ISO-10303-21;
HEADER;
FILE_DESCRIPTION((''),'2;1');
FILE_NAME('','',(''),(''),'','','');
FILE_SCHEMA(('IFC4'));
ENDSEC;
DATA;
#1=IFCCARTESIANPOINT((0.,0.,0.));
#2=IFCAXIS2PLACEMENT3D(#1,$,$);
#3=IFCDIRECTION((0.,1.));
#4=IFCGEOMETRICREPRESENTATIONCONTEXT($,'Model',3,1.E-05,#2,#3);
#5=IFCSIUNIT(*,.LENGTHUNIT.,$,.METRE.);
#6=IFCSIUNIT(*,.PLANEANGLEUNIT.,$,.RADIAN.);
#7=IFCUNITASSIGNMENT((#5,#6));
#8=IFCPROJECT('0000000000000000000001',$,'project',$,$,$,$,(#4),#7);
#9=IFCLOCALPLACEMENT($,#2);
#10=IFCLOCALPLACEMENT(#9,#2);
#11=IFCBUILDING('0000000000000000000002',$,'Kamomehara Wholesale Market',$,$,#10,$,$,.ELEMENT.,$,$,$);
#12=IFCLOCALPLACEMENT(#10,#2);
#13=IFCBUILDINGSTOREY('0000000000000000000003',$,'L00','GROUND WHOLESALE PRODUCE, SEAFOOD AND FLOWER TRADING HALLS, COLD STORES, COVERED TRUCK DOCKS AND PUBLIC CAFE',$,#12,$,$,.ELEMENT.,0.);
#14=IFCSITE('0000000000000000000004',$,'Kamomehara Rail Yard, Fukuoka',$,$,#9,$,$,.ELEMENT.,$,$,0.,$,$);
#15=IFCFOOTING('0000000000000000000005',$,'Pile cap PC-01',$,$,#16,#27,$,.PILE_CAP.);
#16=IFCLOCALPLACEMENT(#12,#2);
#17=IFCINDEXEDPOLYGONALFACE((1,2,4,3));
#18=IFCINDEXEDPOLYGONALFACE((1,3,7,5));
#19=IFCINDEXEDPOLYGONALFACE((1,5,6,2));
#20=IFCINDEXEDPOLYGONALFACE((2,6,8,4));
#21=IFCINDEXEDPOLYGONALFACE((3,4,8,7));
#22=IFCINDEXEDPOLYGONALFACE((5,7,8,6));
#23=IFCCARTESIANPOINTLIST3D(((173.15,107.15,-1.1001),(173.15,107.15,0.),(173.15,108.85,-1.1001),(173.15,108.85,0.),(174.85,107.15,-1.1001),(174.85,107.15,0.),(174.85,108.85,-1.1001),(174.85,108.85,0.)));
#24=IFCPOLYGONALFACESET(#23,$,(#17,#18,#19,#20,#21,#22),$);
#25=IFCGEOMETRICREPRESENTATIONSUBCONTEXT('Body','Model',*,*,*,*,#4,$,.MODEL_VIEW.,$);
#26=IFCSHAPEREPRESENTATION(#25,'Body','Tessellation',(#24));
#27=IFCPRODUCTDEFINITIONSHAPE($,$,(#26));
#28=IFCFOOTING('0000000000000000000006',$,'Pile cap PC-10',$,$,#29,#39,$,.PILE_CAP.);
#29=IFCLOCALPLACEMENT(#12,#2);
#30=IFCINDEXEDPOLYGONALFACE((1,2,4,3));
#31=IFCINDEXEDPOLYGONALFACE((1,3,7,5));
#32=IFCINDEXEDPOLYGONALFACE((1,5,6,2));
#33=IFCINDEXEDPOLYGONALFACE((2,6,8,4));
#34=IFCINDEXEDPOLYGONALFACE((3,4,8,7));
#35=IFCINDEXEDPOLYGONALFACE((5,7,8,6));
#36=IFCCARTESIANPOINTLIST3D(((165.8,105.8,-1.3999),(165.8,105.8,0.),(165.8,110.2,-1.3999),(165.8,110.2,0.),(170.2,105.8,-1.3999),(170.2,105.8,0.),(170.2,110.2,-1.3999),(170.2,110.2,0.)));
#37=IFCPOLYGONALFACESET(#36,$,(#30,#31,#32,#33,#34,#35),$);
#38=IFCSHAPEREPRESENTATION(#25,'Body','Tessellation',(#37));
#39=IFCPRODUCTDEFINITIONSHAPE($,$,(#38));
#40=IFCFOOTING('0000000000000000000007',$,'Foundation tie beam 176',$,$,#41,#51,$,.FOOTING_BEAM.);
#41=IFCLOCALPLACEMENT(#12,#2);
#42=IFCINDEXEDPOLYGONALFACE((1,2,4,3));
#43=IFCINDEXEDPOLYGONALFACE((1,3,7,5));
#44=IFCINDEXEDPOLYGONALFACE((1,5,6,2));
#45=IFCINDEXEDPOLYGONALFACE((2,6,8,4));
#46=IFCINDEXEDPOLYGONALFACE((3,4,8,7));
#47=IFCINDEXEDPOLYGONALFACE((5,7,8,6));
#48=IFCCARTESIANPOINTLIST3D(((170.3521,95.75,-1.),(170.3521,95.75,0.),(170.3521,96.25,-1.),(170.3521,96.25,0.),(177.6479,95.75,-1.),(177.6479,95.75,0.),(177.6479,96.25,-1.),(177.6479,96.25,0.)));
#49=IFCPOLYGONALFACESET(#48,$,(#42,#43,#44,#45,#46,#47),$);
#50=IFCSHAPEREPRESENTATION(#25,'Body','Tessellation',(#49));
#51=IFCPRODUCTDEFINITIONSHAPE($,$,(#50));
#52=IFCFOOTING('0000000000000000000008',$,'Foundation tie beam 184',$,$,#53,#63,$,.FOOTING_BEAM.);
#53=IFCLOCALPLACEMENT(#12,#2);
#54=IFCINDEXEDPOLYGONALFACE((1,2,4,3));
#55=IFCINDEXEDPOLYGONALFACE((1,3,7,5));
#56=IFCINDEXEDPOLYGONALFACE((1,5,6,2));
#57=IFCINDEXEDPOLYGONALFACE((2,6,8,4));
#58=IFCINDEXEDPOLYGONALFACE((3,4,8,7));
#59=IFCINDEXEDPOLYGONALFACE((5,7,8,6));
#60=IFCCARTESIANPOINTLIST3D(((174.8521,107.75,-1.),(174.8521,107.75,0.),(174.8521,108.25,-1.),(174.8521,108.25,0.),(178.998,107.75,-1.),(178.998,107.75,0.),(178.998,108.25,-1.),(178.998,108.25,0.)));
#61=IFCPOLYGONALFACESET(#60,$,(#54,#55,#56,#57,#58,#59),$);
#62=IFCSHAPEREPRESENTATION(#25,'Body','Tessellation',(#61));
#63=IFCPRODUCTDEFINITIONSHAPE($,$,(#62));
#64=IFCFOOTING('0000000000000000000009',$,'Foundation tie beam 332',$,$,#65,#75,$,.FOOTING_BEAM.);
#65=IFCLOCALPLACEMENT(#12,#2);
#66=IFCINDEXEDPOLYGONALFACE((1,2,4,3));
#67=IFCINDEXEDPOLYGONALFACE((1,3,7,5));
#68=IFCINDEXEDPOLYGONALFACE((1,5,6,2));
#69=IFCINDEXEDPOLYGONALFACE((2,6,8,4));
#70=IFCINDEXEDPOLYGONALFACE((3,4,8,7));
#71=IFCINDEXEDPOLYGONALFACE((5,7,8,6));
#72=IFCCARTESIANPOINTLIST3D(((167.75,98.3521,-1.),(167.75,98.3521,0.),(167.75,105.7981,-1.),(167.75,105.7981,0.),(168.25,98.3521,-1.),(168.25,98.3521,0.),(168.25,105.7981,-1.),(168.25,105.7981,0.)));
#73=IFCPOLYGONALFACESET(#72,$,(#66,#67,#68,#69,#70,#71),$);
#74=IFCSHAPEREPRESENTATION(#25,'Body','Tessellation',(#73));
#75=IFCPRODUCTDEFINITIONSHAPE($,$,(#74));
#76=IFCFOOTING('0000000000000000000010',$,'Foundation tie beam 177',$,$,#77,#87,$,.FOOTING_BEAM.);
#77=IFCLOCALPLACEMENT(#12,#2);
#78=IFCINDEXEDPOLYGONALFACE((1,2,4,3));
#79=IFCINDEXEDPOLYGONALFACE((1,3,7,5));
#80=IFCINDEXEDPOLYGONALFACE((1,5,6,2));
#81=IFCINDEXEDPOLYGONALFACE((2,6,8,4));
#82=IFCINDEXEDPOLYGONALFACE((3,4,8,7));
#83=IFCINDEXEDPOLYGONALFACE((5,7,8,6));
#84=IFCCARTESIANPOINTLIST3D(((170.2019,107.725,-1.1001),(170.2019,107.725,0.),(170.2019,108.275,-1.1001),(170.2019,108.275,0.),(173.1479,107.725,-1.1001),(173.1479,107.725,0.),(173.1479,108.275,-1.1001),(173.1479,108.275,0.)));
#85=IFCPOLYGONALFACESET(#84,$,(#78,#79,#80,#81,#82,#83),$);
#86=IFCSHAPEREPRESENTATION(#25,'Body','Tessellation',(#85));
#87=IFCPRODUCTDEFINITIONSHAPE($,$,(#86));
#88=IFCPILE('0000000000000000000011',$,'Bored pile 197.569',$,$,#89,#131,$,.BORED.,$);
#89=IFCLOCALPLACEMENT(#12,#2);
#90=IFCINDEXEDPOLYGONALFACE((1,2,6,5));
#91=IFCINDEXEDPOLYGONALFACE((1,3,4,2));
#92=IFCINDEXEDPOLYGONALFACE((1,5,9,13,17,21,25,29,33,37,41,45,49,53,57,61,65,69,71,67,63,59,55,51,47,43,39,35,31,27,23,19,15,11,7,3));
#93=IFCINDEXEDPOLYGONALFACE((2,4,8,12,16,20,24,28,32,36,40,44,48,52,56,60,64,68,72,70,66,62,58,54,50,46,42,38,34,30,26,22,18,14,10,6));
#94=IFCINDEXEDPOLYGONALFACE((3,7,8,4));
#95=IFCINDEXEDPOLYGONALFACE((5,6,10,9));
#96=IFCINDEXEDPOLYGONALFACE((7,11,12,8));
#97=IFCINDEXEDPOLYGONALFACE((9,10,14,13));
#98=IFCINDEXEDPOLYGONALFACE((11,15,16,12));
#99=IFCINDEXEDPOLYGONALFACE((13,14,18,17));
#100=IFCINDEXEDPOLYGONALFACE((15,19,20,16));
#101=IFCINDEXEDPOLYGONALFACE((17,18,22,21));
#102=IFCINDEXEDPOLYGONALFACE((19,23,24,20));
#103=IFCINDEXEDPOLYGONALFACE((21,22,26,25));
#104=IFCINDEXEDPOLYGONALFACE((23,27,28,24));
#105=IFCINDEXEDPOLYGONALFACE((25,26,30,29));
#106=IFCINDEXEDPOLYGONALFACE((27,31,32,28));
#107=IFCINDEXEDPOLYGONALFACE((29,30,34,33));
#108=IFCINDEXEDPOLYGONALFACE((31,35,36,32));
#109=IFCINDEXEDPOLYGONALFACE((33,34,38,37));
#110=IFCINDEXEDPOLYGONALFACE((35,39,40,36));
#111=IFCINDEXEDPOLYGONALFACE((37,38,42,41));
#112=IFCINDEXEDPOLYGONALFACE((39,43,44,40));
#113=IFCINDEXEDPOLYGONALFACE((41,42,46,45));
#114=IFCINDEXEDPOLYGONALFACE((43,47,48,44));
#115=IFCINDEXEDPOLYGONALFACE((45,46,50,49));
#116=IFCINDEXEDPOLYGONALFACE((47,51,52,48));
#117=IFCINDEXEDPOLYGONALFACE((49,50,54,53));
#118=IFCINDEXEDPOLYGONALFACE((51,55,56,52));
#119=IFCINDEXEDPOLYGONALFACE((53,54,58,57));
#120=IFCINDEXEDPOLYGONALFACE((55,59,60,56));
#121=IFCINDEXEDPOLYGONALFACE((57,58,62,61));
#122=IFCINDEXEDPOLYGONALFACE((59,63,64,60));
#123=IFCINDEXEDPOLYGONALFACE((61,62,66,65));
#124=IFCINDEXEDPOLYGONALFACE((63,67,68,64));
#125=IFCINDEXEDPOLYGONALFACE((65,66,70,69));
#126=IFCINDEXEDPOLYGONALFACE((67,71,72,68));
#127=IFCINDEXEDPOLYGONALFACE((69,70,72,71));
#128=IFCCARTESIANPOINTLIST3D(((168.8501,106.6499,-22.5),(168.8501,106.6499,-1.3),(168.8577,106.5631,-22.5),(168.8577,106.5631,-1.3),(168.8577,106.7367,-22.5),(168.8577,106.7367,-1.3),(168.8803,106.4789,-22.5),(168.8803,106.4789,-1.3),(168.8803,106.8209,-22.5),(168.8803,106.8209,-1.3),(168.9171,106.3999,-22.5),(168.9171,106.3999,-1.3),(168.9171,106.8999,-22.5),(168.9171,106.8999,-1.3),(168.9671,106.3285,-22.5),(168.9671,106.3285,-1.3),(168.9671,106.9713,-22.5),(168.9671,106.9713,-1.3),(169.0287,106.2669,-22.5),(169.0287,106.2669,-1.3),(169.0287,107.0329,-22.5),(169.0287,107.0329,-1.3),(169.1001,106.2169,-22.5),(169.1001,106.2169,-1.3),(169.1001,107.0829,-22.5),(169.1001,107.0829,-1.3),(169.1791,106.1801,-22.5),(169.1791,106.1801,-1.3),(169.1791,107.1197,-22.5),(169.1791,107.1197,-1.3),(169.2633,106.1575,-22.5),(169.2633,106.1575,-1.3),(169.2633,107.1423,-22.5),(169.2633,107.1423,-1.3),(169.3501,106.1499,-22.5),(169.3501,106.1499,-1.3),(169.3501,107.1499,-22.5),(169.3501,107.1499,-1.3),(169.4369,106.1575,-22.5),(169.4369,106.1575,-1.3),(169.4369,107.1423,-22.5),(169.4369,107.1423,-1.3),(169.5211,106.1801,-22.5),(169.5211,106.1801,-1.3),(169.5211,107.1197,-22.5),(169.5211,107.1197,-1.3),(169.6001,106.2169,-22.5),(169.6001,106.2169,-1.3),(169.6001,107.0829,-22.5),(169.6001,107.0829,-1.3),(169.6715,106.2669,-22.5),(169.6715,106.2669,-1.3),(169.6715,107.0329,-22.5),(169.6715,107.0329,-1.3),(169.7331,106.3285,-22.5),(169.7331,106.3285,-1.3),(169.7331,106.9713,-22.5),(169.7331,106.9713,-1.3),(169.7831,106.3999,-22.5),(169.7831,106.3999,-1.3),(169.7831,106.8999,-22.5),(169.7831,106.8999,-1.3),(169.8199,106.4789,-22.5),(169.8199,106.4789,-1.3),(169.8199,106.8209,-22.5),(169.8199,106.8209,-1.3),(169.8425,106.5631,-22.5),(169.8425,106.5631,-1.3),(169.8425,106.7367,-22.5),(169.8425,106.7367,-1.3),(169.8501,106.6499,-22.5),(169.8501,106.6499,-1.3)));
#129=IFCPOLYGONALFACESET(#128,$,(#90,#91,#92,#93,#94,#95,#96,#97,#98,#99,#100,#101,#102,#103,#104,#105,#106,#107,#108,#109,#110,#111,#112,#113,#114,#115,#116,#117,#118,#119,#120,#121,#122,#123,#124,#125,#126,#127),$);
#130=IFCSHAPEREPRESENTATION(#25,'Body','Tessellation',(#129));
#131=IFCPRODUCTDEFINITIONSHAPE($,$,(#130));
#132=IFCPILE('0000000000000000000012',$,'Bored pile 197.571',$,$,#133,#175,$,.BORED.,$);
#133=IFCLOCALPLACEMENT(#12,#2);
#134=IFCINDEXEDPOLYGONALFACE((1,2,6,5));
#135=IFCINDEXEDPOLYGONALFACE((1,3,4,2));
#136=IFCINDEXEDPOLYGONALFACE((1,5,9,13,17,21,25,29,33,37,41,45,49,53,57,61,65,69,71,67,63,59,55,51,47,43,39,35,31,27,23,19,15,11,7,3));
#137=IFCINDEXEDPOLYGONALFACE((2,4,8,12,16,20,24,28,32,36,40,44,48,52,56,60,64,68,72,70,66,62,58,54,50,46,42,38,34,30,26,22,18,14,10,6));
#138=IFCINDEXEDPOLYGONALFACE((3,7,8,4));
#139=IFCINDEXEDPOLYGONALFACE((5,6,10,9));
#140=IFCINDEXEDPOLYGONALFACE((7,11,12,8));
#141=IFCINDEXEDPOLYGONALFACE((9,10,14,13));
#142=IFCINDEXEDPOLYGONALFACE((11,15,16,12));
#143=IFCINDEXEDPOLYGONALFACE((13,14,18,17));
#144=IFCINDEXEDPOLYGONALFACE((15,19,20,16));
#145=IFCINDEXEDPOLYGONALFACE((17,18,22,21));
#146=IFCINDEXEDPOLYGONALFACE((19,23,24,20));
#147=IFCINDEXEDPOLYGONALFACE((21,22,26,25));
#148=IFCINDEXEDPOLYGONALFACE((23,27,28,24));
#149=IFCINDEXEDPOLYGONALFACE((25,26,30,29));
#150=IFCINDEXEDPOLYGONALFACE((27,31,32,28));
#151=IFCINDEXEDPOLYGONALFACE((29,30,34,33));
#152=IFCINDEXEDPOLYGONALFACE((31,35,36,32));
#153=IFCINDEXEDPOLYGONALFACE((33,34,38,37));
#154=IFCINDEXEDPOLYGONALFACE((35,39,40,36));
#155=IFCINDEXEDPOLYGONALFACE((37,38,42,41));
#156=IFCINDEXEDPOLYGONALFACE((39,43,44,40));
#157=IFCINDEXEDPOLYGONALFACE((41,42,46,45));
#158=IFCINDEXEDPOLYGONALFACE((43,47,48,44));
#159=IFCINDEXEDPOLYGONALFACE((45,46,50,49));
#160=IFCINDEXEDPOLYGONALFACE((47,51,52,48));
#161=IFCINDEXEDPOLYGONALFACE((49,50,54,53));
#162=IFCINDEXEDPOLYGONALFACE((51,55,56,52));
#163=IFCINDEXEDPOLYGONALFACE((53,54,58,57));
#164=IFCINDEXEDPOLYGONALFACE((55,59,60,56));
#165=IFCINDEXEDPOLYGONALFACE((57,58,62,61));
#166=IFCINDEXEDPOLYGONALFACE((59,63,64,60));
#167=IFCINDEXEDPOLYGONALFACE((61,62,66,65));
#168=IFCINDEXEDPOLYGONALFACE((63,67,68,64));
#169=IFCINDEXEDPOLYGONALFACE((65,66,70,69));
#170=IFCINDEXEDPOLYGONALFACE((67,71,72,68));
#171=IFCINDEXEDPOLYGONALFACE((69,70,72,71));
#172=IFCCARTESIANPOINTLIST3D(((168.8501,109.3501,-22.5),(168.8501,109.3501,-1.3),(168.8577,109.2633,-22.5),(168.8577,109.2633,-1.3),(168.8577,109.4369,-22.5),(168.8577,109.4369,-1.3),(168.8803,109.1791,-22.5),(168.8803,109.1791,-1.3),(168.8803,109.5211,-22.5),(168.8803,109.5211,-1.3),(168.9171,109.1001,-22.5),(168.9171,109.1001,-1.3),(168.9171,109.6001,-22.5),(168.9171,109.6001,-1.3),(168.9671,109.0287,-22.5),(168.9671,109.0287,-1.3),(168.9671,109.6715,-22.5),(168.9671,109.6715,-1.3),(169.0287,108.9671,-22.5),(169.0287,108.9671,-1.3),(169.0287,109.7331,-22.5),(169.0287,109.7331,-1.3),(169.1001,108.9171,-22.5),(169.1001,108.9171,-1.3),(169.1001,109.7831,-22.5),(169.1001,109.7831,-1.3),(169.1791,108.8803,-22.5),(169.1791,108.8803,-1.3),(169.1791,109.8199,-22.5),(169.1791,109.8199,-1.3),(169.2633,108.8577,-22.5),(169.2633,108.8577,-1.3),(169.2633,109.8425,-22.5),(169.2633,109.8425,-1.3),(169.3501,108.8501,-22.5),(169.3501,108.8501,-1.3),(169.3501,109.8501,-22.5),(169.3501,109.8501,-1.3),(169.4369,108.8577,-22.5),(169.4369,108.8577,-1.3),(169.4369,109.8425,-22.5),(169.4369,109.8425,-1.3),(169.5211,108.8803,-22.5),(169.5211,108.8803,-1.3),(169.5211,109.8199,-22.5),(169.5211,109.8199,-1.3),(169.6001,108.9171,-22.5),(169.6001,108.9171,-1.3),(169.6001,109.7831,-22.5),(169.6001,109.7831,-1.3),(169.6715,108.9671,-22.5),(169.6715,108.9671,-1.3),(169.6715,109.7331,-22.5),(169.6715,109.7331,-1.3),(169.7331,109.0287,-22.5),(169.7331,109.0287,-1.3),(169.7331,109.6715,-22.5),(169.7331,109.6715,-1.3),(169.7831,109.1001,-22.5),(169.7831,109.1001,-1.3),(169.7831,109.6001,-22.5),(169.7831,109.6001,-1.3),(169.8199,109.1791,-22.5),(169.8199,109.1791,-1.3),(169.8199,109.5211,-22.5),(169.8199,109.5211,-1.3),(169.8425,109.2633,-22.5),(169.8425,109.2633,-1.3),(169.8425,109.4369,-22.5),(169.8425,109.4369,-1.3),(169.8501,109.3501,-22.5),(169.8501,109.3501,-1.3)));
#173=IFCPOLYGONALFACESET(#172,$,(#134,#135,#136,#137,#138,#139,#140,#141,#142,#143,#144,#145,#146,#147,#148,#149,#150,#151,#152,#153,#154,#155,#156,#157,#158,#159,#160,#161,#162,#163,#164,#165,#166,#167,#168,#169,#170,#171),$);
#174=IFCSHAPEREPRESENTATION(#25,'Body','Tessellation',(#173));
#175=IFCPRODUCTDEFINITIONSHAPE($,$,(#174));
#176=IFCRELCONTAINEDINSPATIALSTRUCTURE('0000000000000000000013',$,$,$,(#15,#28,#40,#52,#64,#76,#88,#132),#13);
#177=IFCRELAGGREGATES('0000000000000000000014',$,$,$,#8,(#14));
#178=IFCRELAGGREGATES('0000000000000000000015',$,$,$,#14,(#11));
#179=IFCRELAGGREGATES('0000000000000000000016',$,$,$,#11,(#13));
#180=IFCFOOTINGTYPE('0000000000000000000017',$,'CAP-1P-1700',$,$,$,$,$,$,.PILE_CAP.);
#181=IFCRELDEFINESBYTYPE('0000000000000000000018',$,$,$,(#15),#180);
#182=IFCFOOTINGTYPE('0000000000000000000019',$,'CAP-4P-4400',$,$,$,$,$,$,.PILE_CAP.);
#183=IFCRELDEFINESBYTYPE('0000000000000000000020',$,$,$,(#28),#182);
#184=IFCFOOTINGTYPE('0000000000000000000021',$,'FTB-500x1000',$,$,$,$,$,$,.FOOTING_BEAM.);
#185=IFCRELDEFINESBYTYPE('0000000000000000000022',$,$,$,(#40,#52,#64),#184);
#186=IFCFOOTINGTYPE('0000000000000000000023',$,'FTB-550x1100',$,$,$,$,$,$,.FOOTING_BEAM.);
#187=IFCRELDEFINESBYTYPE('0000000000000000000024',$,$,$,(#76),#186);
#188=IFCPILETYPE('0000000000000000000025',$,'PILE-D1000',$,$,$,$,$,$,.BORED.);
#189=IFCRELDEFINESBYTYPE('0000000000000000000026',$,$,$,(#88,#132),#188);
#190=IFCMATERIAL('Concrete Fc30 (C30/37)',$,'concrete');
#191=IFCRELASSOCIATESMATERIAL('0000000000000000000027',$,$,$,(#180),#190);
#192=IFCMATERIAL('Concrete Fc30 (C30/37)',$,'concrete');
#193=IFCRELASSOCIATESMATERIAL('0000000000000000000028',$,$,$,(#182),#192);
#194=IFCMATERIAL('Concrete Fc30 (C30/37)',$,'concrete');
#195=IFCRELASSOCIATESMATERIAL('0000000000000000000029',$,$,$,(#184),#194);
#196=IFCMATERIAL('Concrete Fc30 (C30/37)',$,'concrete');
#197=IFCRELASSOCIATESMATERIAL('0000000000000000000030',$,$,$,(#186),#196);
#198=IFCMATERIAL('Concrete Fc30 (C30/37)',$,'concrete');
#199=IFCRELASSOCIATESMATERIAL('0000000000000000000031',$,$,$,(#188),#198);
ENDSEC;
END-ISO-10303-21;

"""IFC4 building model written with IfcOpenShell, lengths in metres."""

from ifc_helpers import new_model, si_unit, direction, frame, origin, origin_2d, place, context, subcontext, project, spatial, rectangle, circle, extrude, material, material_profile, profile_set, type_object, element, save


model = new_model("IFC4")

# Units and contexts
model_context = context("Model", 3, precision=1e-05, world=origin(), true_north=direction((0.0, 1.0)))
body_context = subcontext(model_context, "Body", "Model", "MODEL_VIEW")
ifc_project = project(units=[si_unit("LENGTHUNIT", "METRE"), si_unit("PLANEANGLEUNIT", "RADIAN")], contexts=[model_context])

# Site, building, storey
site_placement = place(None, origin())
site = spatial("IfcSite", under=ifc_project, at=site_placement, Name="Kamomehara Rail Yard, Fukuoka", CompositionType="ELEMENT", RefElevation=0.0)
building_placement = place(site_placement, origin())
building = spatial("IfcBuilding", under=site, at=building_placement, Name="Kamomehara Wholesale Market", CompositionType="ELEMENT")
storey_placement = place(building_placement, origin())
storey = spatial("IfcBuildingStorey", under=building, at=storey_placement, Name="L00", Description="GROUND WHOLESALE PRODUCE, SEAFOOD AND FLOWER TRADING HALLS, COLD STORES, COVERED TRUCK DOCKS AND PUBLIC CAFE", CompositionType="ELEMENT", Elevation=0.0)

# Footings
ifc_material_1 = material(Name="Concrete Fc30 (C30/37)", Category="concrete")
footing_type_1 = type_object("IfcFootingType", Name="CAP-1P-1700", PredefinedType="PILE_CAP", material=ifc_material_1)
footing_1_placement = place(storey_placement, frame((174.0, 108.0, -1.1001), z_axis=(0.0, 0.0, 1.0), x_axis=(1.0, 0.0, 0.0)))
element("IfcFooting", 1, at=footing_1_placement, inside=storey, type_object=footing_type_1, Name="Pile cap PC-01", PredefinedType="PILE_CAP", context=body_context, shape_type="SweptSolid", body=[
    extrude(rectangle(XDim=1.7, YDim=1.7, at=origin_2d()), origin(), (0.0, 0.0, 1.0), 1.1001),
])
ifc_material_2 = material(Name="Concrete Fc30 (C30/37)", Category="concrete")
footing_type_2 = type_object("IfcFootingType", Name="CAP-4P-4400", PredefinedType="PILE_CAP", material=ifc_material_2)
footing_2_placement = place(storey_placement, frame((168.0, 108.0, -1.3999), z_axis=(0.0, 0.0, 1.0), x_axis=(1.0, 0.0, 0.0)))
element("IfcFooting", 2, at=footing_2_placement, inside=storey, type_object=footing_type_2, Name="Pile cap PC-10", PredefinedType="PILE_CAP", context=body_context, shape_type="SweptSolid", body=[
    extrude(rectangle(XDim=4.3999, YDim=4.3999, at=origin_2d()), origin(), (0.0, 0.0, 1.0), 1.3999),
])
ifc_material_3 = material(Name="Concrete Fc30 (C30/37)", Category="concrete")
ifc_material_profile_1 = material_profile(ifc_material_3, rectangle(XDim=0.5, YDim=1.0, at=origin_2d()), Name="RC-FTB-500x1000")
ifc_profile_set_1 = profile_set([ifc_material_profile_1], Name="Concrete Fc30 (C30/37)")
footing_type_3 = type_object("IfcFootingType", Name="FTB-500x1000", PredefinedType="FOOTING_BEAM", material=ifc_profile_set_1)
footing_3_placement = place(storey_placement, frame((170.3521, 96.0, -0.5), z_axis=(1.0, 0.0, 0.0), x_axis=(0.0, 1.0, 0.0)))
element("IfcFooting", 3, at=footing_3_placement, inside=storey, type_object=footing_type_3, Name="Foundation tie beam 176", PredefinedType="FOOTING_BEAM", context=body_context, shape_type="SweptSolid", body=[
    extrude(rectangle(XDim=0.5, YDim=1.0, at=origin_2d()), origin(), (0.0, 0.0, 1.0), 7.2959),
])
footing_4_placement = place(storey_placement, frame((174.8521, 108.0, -0.5), z_axis=(1.0, 0.0, 0.0), x_axis=(0.0, 1.0, 0.0)))
element("IfcFooting", 4, at=footing_4_placement, inside=storey, type_object=footing_type_3, Name="Foundation tie beam 184", PredefinedType="FOOTING_BEAM", context=body_context, shape_type="SweptSolid", body=[
    extrude(rectangle(XDim=0.5, YDim=1.0, at=origin_2d()), origin(), (0.0, 0.0, 1.0), 4.146),
])
footing_5_placement = place(storey_placement, frame((168.0, 98.3521, -0.5), z_axis=(0.0, 1.0, 0.0), x_axis=(-1.0, 0.0, 0.0)))
element("IfcFooting", 5, at=footing_5_placement, inside=storey, type_object=footing_type_3, Name="Foundation tie beam 332", PredefinedType="FOOTING_BEAM", context=body_context, shape_type="SweptSolid", body=[
    extrude(rectangle(XDim=0.5, YDim=1.0, at=origin_2d()), origin(), (0.0, 0.0, 1.0), 7.446),
])
ifc_material_4 = material(Name="Concrete Fc30 (C30/37)", Category="concrete")
ifc_material_profile_2 = material_profile(ifc_material_4, rectangle(XDim=0.55, YDim=1.1001, at=origin_2d()), Name="RC-FTB-550x1100")
ifc_profile_set_2 = profile_set([ifc_material_profile_2], Name="Concrete Fc30 (C30/37)")
footing_type_4 = type_object("IfcFootingType", Name="FTB-550x1100", PredefinedType="FOOTING_BEAM", material=ifc_profile_set_2)
footing_6_placement = place(storey_placement, frame((170.2019, 108.0, -0.55), z_axis=(1.0, 0.0, 0.0), x_axis=(0.0, 1.0, 0.0)))
element("IfcFooting", 6, at=footing_6_placement, inside=storey, type_object=footing_type_4, Name="Foundation tie beam 177", PredefinedType="FOOTING_BEAM", context=body_context, shape_type="SweptSolid", body=[
    extrude(rectangle(XDim=0.55, YDim=1.1001, at=origin_2d()), origin(), (0.0, 0.0, 1.0), 2.946),
])

# Piles
ifc_material_5 = material(Name="Concrete Fc30 (C30/37)", Category="concrete")
ifc_material_profile_3 = material_profile(ifc_material_5, circle(Radius=0.5, at=origin_2d()), Name="RC-PILE-D1000")
ifc_profile_set_3 = profile_set([ifc_material_profile_3], Name="Concrete Fc30 (C30/37)")
pile_type_1 = type_object("IfcPileType", Name="PILE-D1000", PredefinedType="BORED", material=ifc_profile_set_3)
for number, where, z_axis, x_axis, name in (
    (7, (169.3501, 106.6499, -1.3), (0.0, 0.0, -1.0), (1.0, 0.0, 0.0), "Bored pile 197.569"),
    (8, (169.3501, 109.3501, -1.3), (0.0, 0.0, -1.0), (1.0, 0.0, 0.0), "Bored pile 197.571"),
):
    element("IfcPile", number, at=place(storey_placement, frame(where, z_axis=z_axis, x_axis=x_axis)), inside=storey, type_object=pile_type_1, Name=name, PredefinedType="BORED", context=body_context, shape_type="SweptSolid", body=[
        extrude(circle(Radius=0.5, at=origin_2d()), origin(), (0.0, 0.0, 1.0), 21.2),
    ])

save(model, "model.ifc")
